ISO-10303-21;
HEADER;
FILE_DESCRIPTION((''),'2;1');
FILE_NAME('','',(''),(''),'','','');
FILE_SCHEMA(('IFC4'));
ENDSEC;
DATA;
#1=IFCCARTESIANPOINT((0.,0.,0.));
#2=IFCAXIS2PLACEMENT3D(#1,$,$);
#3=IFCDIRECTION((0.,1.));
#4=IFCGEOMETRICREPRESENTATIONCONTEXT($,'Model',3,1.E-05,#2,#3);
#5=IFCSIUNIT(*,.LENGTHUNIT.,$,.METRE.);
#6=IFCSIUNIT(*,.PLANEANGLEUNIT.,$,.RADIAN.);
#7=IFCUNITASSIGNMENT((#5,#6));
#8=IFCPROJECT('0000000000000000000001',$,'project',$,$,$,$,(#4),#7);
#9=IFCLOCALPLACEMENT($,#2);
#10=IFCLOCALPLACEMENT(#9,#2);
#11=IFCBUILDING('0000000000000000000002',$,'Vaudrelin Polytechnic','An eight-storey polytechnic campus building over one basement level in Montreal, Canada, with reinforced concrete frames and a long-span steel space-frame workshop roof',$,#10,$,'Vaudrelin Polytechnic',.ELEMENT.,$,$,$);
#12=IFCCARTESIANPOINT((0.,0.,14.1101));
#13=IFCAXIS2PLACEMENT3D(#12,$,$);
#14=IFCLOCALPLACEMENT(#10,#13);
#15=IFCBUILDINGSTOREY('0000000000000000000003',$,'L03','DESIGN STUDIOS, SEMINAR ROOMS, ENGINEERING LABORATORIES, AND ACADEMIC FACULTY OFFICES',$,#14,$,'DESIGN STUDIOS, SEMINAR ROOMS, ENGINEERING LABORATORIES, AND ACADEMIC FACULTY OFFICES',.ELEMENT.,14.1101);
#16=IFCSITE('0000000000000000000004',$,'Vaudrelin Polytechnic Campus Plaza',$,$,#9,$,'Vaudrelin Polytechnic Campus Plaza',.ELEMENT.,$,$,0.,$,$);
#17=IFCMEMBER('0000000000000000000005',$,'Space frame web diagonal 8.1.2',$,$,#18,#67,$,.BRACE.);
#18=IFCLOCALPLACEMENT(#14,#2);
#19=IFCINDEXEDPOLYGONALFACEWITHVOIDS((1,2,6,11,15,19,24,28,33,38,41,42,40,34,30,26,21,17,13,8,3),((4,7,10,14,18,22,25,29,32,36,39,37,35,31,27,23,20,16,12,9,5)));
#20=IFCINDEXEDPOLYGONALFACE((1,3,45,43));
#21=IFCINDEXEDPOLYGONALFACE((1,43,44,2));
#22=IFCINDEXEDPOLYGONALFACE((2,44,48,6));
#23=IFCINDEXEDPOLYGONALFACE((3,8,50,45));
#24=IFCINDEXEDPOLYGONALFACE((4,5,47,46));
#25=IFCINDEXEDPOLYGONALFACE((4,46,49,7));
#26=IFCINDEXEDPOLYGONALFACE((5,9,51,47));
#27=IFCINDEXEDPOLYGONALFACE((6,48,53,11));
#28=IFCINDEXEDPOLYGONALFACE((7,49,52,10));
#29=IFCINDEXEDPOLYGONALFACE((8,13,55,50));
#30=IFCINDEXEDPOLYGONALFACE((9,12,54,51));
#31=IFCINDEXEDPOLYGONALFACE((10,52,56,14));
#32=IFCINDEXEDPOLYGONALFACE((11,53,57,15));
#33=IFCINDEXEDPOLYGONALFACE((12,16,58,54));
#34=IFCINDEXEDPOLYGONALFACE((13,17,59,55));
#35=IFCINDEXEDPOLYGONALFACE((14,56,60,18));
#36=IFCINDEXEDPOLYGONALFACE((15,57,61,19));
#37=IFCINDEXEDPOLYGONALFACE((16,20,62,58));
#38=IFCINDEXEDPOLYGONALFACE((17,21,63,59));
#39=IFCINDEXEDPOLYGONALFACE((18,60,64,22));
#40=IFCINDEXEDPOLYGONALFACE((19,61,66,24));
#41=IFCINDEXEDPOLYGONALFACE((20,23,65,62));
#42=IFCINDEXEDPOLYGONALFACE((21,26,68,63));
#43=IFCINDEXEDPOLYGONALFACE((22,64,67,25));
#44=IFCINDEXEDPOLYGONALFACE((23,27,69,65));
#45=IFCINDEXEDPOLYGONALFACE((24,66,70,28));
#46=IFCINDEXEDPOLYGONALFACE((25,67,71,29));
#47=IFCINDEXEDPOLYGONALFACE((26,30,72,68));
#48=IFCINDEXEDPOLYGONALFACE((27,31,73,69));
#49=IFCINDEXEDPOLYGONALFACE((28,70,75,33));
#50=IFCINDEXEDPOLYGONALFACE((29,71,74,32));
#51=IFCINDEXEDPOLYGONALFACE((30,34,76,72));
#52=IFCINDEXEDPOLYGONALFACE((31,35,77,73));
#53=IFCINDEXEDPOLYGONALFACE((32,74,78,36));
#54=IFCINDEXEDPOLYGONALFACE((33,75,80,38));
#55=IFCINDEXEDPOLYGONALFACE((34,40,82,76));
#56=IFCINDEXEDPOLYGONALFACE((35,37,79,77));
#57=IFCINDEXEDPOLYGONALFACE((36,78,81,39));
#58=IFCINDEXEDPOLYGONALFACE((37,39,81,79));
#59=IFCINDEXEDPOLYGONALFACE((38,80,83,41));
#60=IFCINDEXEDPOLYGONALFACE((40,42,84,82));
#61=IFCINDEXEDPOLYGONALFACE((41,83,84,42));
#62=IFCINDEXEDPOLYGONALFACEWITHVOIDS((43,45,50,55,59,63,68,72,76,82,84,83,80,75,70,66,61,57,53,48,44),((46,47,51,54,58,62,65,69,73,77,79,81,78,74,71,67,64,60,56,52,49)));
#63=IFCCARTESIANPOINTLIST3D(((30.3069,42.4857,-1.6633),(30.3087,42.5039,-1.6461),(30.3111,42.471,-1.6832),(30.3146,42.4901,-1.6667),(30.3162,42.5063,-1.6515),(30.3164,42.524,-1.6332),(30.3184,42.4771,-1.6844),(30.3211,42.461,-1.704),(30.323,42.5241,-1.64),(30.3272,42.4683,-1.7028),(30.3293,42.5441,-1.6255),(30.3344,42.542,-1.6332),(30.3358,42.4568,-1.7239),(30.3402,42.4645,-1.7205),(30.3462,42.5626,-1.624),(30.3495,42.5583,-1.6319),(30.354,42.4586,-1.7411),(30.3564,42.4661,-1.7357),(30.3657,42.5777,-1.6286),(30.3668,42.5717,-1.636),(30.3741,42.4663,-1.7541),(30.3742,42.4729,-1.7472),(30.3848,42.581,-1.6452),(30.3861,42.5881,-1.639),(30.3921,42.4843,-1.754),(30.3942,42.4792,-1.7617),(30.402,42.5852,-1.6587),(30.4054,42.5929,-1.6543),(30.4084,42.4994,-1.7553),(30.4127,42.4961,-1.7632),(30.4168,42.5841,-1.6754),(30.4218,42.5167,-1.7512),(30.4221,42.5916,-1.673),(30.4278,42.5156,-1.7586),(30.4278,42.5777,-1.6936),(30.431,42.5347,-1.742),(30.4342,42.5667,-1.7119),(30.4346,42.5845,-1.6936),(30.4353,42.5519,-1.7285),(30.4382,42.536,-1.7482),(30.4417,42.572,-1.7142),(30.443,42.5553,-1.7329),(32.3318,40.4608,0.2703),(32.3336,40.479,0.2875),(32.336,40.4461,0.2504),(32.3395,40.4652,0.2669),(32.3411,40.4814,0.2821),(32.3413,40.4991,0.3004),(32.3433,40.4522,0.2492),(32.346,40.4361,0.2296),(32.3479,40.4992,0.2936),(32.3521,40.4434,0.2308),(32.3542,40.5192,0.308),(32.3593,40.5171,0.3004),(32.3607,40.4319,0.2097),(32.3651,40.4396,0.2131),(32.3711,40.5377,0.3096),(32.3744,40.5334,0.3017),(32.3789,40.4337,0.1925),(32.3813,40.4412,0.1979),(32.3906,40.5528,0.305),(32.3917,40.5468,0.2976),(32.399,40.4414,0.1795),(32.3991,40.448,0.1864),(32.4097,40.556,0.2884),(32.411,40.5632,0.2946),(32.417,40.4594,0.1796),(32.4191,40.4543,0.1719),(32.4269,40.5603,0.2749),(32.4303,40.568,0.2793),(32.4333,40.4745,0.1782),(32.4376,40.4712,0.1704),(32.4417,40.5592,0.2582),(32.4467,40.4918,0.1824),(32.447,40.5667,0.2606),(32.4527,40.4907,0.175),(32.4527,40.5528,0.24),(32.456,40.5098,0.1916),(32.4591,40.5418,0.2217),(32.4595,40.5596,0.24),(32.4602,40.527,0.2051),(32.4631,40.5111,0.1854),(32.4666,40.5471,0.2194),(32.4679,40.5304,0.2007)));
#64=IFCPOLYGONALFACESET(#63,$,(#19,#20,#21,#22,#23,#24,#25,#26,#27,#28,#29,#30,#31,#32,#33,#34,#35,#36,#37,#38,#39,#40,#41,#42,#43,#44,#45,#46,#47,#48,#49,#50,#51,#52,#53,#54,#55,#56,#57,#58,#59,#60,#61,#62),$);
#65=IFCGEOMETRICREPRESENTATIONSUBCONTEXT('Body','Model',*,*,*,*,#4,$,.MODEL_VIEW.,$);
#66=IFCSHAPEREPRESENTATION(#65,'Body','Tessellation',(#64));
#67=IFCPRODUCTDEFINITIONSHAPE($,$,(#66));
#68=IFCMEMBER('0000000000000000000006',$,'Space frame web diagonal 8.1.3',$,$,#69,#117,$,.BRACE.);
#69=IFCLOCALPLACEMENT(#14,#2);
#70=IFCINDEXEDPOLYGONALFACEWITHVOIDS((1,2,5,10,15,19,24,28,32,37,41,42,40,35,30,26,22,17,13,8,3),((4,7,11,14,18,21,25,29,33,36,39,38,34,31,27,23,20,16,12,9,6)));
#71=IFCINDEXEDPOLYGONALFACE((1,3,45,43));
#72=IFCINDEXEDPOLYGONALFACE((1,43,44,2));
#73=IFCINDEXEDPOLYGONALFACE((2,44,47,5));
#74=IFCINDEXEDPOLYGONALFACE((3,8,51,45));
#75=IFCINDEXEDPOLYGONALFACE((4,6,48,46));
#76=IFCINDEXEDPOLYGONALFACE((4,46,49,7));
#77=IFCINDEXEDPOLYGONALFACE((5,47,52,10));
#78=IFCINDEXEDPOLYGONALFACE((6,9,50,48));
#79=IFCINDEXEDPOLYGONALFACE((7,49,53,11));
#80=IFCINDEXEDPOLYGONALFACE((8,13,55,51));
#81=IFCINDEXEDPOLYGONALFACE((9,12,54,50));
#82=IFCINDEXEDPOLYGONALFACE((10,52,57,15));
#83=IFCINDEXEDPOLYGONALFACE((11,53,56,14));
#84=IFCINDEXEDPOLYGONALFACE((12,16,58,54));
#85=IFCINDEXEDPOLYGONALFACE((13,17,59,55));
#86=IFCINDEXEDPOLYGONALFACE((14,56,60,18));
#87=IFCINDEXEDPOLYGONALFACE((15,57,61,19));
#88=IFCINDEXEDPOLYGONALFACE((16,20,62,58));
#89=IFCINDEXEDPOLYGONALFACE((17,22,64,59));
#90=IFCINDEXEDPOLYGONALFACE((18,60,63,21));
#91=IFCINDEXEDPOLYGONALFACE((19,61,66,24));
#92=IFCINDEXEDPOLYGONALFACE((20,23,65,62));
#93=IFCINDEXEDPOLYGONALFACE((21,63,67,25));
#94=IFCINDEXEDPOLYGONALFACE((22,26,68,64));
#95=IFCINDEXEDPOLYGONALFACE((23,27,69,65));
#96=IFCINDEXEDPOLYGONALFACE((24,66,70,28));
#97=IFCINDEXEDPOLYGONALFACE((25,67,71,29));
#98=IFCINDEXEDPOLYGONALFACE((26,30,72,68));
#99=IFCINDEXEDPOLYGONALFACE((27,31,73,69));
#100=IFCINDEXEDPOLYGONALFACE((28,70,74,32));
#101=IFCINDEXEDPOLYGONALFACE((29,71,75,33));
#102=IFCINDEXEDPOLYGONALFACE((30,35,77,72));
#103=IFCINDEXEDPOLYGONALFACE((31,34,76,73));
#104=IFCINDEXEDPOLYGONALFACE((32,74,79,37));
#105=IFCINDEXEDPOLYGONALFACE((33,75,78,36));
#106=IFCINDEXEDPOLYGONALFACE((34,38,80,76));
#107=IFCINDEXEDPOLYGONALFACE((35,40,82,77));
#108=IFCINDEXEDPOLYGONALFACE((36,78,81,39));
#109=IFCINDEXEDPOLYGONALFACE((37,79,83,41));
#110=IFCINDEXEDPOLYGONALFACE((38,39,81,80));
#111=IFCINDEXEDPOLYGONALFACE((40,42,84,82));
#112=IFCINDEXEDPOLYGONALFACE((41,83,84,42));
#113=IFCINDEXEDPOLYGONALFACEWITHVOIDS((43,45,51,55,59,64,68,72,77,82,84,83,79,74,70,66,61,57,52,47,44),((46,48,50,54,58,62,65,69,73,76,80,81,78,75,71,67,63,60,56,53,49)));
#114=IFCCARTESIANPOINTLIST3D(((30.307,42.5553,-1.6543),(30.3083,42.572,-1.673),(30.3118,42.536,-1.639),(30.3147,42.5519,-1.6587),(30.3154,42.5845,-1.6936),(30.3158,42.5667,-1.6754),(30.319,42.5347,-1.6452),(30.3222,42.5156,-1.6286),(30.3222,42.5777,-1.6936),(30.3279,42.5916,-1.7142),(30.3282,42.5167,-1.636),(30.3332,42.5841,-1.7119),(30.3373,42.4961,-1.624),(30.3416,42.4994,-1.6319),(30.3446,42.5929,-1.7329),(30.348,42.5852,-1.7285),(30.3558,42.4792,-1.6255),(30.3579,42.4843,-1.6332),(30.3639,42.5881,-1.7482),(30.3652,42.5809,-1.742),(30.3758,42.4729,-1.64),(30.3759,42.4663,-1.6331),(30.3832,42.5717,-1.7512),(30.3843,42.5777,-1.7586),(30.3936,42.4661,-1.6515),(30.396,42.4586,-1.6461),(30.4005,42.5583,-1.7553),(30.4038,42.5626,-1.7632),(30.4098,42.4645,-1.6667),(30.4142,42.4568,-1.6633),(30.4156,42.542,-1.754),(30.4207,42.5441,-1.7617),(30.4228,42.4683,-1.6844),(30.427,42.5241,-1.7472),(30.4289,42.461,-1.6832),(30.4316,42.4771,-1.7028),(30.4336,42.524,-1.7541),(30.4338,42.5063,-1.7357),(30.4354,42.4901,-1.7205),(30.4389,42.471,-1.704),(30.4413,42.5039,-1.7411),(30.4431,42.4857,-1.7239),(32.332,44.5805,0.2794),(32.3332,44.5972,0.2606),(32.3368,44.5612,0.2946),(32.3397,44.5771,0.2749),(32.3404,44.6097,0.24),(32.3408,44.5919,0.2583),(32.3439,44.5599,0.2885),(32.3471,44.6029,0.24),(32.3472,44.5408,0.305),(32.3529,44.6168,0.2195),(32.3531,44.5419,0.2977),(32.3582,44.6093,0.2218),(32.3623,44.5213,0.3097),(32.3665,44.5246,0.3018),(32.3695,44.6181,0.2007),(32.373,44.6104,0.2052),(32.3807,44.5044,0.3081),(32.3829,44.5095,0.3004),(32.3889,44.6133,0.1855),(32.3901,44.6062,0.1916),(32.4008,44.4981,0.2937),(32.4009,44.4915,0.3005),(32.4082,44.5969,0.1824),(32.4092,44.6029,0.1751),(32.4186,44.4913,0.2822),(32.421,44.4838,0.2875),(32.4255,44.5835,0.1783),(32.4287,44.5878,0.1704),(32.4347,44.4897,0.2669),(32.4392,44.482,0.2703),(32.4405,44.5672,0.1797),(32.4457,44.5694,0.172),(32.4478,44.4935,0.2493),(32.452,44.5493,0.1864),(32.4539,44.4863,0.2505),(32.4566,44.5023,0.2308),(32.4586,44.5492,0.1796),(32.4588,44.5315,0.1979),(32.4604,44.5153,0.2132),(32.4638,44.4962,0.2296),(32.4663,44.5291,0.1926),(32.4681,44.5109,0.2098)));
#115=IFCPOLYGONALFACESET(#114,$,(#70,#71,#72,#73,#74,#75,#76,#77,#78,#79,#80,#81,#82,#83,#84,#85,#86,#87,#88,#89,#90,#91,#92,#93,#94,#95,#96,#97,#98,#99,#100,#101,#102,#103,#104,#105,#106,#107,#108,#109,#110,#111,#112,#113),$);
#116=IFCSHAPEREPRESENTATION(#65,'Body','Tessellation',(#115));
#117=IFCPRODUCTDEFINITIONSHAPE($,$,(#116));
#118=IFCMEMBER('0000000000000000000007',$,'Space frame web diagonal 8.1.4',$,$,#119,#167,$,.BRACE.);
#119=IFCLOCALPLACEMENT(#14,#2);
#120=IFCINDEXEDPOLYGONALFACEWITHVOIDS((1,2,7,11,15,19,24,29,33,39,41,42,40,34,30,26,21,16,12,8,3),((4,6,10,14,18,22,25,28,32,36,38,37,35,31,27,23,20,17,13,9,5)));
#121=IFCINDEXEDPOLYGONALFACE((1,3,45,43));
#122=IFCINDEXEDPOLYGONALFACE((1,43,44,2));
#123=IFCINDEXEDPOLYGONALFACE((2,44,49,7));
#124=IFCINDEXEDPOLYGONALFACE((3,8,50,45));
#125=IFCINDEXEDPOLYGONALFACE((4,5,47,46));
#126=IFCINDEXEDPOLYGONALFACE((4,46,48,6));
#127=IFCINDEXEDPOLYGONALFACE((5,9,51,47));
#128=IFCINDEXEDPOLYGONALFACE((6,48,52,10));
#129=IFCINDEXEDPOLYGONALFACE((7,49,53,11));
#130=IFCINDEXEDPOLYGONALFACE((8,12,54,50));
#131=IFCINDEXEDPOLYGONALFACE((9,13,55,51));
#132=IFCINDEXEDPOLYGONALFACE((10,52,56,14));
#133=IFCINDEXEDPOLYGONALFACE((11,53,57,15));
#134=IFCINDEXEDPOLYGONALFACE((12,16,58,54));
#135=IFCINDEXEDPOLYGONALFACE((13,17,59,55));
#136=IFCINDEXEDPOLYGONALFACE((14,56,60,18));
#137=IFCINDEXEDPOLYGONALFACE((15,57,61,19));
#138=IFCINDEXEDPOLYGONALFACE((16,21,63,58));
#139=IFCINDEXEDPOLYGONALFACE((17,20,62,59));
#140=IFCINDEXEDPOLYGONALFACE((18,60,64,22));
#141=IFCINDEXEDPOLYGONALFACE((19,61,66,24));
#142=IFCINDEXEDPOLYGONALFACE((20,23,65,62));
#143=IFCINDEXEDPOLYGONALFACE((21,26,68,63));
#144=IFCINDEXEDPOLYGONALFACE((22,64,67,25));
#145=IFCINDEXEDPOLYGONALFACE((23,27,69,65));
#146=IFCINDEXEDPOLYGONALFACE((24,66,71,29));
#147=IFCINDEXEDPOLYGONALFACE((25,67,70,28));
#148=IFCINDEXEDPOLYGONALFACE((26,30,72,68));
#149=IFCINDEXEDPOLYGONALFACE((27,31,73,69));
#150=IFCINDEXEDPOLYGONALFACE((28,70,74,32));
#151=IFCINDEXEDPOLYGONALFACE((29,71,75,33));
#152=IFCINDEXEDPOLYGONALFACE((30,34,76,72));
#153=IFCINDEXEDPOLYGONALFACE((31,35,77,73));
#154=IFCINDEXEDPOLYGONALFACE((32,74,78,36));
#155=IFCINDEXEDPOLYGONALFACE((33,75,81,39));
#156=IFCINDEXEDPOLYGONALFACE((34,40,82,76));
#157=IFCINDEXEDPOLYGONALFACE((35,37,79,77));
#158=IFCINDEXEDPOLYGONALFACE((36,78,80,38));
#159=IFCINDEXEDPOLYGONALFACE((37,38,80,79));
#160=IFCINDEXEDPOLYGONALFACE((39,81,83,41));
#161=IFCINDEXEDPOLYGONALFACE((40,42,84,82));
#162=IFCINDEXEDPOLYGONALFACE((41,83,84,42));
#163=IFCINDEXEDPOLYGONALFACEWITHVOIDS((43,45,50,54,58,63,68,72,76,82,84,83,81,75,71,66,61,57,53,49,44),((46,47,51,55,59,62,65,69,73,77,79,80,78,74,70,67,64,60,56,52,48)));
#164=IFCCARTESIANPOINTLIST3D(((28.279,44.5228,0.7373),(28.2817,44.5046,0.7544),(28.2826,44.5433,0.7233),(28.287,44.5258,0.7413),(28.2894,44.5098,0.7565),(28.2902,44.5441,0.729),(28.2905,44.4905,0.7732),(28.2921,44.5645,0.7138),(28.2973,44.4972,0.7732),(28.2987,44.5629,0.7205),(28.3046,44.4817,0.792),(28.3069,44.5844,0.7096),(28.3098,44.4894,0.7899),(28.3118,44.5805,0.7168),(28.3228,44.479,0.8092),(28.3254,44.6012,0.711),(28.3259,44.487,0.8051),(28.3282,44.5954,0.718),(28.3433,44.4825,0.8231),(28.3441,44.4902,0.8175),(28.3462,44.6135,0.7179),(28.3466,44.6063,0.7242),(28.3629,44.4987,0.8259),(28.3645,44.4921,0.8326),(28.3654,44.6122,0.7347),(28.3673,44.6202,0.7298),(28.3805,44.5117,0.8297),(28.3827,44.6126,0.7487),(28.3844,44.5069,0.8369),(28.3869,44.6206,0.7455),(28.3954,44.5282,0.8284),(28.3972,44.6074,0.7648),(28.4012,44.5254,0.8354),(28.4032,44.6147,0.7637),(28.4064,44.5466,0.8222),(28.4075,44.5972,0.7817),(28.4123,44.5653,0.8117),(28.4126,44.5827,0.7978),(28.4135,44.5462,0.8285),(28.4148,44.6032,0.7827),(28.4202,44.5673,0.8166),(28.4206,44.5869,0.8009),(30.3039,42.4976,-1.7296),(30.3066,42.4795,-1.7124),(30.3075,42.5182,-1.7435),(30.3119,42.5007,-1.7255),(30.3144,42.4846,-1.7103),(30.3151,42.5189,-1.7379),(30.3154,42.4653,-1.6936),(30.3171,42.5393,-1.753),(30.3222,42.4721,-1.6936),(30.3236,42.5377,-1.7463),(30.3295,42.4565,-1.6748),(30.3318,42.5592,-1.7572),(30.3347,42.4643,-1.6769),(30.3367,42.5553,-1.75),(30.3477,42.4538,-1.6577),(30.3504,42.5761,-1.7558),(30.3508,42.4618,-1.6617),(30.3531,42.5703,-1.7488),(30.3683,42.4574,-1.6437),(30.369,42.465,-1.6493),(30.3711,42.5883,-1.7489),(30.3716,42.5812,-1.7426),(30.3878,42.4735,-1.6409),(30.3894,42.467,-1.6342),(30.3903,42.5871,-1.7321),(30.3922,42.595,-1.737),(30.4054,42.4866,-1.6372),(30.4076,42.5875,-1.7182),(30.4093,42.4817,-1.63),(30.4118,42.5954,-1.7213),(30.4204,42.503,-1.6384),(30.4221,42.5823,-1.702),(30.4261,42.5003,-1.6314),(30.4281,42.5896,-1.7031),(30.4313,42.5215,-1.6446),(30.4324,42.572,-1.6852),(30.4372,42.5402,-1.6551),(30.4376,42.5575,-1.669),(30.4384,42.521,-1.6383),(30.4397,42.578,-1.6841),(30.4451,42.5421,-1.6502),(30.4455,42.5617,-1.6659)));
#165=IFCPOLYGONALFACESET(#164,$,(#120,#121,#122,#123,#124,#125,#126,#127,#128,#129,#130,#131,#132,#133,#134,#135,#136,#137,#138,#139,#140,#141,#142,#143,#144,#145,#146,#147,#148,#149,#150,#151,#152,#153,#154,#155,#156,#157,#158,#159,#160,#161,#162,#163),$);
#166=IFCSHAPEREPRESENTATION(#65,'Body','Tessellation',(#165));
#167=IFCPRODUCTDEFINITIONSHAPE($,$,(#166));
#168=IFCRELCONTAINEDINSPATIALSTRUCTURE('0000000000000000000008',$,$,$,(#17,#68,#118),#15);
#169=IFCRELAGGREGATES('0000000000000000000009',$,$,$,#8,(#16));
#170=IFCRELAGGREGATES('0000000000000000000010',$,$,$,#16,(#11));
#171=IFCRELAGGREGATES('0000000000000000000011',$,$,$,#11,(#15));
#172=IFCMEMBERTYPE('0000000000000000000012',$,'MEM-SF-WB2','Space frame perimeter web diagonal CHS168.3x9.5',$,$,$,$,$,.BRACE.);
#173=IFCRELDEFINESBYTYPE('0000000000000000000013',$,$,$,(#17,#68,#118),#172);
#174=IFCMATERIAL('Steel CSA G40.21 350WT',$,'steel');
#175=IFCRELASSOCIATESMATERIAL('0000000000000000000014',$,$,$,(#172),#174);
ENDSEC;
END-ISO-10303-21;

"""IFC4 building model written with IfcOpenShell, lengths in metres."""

from ifc_helpers import new_model, si_unit, direction, frame, origin, origin_2d, place, context, subcontext, project, spatial, hollow_circle, extrude, material, material_profile, profile_set, type_object, element, save


model = new_model("IFC4")

# Units and contexts
model_context = context("Model", 3, precision=1e-05, world=origin(), true_north=direction((0.0, 1.0)))
body_context = subcontext(model_context, "Body", "Model", "MODEL_VIEW")
ifc_project = project(units=[si_unit("LENGTHUNIT", "METRE"), si_unit("PLANEANGLEUNIT", "RADIAN")], contexts=[model_context])

# Site, building, storey
site_placement = place(None, origin())
site = spatial("IfcSite", under=ifc_project, at=site_placement, Name="Vaudrelin Polytechnic Campus Plaza", LongName="Vaudrelin Polytechnic Campus Plaza", CompositionType="ELEMENT", RefElevation=0.0)
building_placement = place(site_placement, origin())
building = spatial("IfcBuilding", under=site, at=building_placement, Name="Vaudrelin Polytechnic", Description="An eight-storey polytechnic campus building over one basement level in Montreal, Canada, with reinforced concrete frames and a long-span steel space-frame workshop roof", LongName="Vaudrelin Polytechnic", CompositionType="ELEMENT")
storey_placement = place(building_placement, frame((0.0, 0.0, 14.1101)))
storey = spatial("IfcBuildingStorey", under=building, at=storey_placement, Name="L03", Description="DESIGN STUDIOS, SEMINAR ROOMS, ENGINEERING LABORATORIES, AND ACADEMIC FACULTY OFFICES", LongName="DESIGN STUDIOS, SEMINAR ROOMS, ENGINEERING LABORATORIES, AND ACADEMIC FACULTY OFFICES", CompositionType="ELEMENT", Elevation=14.1101)

# Members
ifc_material = material(Name="Steel CSA G40.21 350WT", Category="steel")
ifc_material_profile_1 = material_profile(ifc_material, hollow_circle(Radius=0.0842, WallThickness=0.0095, at=origin_2d()), Name="CHS168.3x9.5")
ifc_profile_set_1 = profile_set([ifc_material_profile_1], Name="Steel CSA G40.21 350WT")
member_type_1 = type_object("IfcMemberType", Name="MEM-SF-WB2", Description="Space frame perimeter web diagonal CHS168.3x9.5", PredefinedType="BRACE", material=ifc_profile_set_1)
member_1_placement = place(storey_placement, frame((30.375, 42.5249, -1.6936), z_axis=(0.586024, -0.586024, 0.559599), x_axis=(0.707107, 0.707107, 0.0)))
element("IfcMember", 1, at=member_1_placement, inside=storey, type_object=member_type_1, Name="Space frame web diagonal 8.1.2", PredefinedType="BRACE", context=body_context, shape_type="SweptSolid", body=[
    extrude(hollow_circle(Radius=0.0842, WallThickness=0.0095, at=origin_2d()), origin(), (0.0, 0.0, 1.0), 3.4553),
])
member_2_placement = place(storey_placement, frame((30.375, 42.5249, -1.6936), z_axis=(0.586, 0.586071, 0.559576), x_axis=(-0.707149, 0.707064, 0.0)))
element("IfcMember", 2, at=member_2_placement, inside=storey, type_object=member_type_1, Name="Space frame web diagonal 8.1.3", PredefinedType="BRACE", context=body_context, shape_type="SweptSolid", body=[
    extrude(hollow_circle(Radius=0.0842, WallThickness=0.0095, at=origin_2d()), origin(), (0.0, 0.0, 1.0), 3.4556),
])
member_3_placement = place(storey_placement, frame((30.375, 42.5249, -1.6936), z_axis=(-0.535723, 0.535788, 0.652634), x_axis=(-0.707149, -0.707064, 0.0)))
element("IfcMember", 3, at=member_3_placement, inside=storey, type_object=member_type_1, Name="Space frame web diagonal 8.1.4", PredefinedType="BRACE", context=body_context, shape_type="SweptSolid", body=[
    extrude(hollow_circle(Radius=0.0842, WallThickness=0.0095, at=origin_2d()), origin(), (0.0, 0.0, 1.0), 3.7798),
])

save(model, "model.ifc")
